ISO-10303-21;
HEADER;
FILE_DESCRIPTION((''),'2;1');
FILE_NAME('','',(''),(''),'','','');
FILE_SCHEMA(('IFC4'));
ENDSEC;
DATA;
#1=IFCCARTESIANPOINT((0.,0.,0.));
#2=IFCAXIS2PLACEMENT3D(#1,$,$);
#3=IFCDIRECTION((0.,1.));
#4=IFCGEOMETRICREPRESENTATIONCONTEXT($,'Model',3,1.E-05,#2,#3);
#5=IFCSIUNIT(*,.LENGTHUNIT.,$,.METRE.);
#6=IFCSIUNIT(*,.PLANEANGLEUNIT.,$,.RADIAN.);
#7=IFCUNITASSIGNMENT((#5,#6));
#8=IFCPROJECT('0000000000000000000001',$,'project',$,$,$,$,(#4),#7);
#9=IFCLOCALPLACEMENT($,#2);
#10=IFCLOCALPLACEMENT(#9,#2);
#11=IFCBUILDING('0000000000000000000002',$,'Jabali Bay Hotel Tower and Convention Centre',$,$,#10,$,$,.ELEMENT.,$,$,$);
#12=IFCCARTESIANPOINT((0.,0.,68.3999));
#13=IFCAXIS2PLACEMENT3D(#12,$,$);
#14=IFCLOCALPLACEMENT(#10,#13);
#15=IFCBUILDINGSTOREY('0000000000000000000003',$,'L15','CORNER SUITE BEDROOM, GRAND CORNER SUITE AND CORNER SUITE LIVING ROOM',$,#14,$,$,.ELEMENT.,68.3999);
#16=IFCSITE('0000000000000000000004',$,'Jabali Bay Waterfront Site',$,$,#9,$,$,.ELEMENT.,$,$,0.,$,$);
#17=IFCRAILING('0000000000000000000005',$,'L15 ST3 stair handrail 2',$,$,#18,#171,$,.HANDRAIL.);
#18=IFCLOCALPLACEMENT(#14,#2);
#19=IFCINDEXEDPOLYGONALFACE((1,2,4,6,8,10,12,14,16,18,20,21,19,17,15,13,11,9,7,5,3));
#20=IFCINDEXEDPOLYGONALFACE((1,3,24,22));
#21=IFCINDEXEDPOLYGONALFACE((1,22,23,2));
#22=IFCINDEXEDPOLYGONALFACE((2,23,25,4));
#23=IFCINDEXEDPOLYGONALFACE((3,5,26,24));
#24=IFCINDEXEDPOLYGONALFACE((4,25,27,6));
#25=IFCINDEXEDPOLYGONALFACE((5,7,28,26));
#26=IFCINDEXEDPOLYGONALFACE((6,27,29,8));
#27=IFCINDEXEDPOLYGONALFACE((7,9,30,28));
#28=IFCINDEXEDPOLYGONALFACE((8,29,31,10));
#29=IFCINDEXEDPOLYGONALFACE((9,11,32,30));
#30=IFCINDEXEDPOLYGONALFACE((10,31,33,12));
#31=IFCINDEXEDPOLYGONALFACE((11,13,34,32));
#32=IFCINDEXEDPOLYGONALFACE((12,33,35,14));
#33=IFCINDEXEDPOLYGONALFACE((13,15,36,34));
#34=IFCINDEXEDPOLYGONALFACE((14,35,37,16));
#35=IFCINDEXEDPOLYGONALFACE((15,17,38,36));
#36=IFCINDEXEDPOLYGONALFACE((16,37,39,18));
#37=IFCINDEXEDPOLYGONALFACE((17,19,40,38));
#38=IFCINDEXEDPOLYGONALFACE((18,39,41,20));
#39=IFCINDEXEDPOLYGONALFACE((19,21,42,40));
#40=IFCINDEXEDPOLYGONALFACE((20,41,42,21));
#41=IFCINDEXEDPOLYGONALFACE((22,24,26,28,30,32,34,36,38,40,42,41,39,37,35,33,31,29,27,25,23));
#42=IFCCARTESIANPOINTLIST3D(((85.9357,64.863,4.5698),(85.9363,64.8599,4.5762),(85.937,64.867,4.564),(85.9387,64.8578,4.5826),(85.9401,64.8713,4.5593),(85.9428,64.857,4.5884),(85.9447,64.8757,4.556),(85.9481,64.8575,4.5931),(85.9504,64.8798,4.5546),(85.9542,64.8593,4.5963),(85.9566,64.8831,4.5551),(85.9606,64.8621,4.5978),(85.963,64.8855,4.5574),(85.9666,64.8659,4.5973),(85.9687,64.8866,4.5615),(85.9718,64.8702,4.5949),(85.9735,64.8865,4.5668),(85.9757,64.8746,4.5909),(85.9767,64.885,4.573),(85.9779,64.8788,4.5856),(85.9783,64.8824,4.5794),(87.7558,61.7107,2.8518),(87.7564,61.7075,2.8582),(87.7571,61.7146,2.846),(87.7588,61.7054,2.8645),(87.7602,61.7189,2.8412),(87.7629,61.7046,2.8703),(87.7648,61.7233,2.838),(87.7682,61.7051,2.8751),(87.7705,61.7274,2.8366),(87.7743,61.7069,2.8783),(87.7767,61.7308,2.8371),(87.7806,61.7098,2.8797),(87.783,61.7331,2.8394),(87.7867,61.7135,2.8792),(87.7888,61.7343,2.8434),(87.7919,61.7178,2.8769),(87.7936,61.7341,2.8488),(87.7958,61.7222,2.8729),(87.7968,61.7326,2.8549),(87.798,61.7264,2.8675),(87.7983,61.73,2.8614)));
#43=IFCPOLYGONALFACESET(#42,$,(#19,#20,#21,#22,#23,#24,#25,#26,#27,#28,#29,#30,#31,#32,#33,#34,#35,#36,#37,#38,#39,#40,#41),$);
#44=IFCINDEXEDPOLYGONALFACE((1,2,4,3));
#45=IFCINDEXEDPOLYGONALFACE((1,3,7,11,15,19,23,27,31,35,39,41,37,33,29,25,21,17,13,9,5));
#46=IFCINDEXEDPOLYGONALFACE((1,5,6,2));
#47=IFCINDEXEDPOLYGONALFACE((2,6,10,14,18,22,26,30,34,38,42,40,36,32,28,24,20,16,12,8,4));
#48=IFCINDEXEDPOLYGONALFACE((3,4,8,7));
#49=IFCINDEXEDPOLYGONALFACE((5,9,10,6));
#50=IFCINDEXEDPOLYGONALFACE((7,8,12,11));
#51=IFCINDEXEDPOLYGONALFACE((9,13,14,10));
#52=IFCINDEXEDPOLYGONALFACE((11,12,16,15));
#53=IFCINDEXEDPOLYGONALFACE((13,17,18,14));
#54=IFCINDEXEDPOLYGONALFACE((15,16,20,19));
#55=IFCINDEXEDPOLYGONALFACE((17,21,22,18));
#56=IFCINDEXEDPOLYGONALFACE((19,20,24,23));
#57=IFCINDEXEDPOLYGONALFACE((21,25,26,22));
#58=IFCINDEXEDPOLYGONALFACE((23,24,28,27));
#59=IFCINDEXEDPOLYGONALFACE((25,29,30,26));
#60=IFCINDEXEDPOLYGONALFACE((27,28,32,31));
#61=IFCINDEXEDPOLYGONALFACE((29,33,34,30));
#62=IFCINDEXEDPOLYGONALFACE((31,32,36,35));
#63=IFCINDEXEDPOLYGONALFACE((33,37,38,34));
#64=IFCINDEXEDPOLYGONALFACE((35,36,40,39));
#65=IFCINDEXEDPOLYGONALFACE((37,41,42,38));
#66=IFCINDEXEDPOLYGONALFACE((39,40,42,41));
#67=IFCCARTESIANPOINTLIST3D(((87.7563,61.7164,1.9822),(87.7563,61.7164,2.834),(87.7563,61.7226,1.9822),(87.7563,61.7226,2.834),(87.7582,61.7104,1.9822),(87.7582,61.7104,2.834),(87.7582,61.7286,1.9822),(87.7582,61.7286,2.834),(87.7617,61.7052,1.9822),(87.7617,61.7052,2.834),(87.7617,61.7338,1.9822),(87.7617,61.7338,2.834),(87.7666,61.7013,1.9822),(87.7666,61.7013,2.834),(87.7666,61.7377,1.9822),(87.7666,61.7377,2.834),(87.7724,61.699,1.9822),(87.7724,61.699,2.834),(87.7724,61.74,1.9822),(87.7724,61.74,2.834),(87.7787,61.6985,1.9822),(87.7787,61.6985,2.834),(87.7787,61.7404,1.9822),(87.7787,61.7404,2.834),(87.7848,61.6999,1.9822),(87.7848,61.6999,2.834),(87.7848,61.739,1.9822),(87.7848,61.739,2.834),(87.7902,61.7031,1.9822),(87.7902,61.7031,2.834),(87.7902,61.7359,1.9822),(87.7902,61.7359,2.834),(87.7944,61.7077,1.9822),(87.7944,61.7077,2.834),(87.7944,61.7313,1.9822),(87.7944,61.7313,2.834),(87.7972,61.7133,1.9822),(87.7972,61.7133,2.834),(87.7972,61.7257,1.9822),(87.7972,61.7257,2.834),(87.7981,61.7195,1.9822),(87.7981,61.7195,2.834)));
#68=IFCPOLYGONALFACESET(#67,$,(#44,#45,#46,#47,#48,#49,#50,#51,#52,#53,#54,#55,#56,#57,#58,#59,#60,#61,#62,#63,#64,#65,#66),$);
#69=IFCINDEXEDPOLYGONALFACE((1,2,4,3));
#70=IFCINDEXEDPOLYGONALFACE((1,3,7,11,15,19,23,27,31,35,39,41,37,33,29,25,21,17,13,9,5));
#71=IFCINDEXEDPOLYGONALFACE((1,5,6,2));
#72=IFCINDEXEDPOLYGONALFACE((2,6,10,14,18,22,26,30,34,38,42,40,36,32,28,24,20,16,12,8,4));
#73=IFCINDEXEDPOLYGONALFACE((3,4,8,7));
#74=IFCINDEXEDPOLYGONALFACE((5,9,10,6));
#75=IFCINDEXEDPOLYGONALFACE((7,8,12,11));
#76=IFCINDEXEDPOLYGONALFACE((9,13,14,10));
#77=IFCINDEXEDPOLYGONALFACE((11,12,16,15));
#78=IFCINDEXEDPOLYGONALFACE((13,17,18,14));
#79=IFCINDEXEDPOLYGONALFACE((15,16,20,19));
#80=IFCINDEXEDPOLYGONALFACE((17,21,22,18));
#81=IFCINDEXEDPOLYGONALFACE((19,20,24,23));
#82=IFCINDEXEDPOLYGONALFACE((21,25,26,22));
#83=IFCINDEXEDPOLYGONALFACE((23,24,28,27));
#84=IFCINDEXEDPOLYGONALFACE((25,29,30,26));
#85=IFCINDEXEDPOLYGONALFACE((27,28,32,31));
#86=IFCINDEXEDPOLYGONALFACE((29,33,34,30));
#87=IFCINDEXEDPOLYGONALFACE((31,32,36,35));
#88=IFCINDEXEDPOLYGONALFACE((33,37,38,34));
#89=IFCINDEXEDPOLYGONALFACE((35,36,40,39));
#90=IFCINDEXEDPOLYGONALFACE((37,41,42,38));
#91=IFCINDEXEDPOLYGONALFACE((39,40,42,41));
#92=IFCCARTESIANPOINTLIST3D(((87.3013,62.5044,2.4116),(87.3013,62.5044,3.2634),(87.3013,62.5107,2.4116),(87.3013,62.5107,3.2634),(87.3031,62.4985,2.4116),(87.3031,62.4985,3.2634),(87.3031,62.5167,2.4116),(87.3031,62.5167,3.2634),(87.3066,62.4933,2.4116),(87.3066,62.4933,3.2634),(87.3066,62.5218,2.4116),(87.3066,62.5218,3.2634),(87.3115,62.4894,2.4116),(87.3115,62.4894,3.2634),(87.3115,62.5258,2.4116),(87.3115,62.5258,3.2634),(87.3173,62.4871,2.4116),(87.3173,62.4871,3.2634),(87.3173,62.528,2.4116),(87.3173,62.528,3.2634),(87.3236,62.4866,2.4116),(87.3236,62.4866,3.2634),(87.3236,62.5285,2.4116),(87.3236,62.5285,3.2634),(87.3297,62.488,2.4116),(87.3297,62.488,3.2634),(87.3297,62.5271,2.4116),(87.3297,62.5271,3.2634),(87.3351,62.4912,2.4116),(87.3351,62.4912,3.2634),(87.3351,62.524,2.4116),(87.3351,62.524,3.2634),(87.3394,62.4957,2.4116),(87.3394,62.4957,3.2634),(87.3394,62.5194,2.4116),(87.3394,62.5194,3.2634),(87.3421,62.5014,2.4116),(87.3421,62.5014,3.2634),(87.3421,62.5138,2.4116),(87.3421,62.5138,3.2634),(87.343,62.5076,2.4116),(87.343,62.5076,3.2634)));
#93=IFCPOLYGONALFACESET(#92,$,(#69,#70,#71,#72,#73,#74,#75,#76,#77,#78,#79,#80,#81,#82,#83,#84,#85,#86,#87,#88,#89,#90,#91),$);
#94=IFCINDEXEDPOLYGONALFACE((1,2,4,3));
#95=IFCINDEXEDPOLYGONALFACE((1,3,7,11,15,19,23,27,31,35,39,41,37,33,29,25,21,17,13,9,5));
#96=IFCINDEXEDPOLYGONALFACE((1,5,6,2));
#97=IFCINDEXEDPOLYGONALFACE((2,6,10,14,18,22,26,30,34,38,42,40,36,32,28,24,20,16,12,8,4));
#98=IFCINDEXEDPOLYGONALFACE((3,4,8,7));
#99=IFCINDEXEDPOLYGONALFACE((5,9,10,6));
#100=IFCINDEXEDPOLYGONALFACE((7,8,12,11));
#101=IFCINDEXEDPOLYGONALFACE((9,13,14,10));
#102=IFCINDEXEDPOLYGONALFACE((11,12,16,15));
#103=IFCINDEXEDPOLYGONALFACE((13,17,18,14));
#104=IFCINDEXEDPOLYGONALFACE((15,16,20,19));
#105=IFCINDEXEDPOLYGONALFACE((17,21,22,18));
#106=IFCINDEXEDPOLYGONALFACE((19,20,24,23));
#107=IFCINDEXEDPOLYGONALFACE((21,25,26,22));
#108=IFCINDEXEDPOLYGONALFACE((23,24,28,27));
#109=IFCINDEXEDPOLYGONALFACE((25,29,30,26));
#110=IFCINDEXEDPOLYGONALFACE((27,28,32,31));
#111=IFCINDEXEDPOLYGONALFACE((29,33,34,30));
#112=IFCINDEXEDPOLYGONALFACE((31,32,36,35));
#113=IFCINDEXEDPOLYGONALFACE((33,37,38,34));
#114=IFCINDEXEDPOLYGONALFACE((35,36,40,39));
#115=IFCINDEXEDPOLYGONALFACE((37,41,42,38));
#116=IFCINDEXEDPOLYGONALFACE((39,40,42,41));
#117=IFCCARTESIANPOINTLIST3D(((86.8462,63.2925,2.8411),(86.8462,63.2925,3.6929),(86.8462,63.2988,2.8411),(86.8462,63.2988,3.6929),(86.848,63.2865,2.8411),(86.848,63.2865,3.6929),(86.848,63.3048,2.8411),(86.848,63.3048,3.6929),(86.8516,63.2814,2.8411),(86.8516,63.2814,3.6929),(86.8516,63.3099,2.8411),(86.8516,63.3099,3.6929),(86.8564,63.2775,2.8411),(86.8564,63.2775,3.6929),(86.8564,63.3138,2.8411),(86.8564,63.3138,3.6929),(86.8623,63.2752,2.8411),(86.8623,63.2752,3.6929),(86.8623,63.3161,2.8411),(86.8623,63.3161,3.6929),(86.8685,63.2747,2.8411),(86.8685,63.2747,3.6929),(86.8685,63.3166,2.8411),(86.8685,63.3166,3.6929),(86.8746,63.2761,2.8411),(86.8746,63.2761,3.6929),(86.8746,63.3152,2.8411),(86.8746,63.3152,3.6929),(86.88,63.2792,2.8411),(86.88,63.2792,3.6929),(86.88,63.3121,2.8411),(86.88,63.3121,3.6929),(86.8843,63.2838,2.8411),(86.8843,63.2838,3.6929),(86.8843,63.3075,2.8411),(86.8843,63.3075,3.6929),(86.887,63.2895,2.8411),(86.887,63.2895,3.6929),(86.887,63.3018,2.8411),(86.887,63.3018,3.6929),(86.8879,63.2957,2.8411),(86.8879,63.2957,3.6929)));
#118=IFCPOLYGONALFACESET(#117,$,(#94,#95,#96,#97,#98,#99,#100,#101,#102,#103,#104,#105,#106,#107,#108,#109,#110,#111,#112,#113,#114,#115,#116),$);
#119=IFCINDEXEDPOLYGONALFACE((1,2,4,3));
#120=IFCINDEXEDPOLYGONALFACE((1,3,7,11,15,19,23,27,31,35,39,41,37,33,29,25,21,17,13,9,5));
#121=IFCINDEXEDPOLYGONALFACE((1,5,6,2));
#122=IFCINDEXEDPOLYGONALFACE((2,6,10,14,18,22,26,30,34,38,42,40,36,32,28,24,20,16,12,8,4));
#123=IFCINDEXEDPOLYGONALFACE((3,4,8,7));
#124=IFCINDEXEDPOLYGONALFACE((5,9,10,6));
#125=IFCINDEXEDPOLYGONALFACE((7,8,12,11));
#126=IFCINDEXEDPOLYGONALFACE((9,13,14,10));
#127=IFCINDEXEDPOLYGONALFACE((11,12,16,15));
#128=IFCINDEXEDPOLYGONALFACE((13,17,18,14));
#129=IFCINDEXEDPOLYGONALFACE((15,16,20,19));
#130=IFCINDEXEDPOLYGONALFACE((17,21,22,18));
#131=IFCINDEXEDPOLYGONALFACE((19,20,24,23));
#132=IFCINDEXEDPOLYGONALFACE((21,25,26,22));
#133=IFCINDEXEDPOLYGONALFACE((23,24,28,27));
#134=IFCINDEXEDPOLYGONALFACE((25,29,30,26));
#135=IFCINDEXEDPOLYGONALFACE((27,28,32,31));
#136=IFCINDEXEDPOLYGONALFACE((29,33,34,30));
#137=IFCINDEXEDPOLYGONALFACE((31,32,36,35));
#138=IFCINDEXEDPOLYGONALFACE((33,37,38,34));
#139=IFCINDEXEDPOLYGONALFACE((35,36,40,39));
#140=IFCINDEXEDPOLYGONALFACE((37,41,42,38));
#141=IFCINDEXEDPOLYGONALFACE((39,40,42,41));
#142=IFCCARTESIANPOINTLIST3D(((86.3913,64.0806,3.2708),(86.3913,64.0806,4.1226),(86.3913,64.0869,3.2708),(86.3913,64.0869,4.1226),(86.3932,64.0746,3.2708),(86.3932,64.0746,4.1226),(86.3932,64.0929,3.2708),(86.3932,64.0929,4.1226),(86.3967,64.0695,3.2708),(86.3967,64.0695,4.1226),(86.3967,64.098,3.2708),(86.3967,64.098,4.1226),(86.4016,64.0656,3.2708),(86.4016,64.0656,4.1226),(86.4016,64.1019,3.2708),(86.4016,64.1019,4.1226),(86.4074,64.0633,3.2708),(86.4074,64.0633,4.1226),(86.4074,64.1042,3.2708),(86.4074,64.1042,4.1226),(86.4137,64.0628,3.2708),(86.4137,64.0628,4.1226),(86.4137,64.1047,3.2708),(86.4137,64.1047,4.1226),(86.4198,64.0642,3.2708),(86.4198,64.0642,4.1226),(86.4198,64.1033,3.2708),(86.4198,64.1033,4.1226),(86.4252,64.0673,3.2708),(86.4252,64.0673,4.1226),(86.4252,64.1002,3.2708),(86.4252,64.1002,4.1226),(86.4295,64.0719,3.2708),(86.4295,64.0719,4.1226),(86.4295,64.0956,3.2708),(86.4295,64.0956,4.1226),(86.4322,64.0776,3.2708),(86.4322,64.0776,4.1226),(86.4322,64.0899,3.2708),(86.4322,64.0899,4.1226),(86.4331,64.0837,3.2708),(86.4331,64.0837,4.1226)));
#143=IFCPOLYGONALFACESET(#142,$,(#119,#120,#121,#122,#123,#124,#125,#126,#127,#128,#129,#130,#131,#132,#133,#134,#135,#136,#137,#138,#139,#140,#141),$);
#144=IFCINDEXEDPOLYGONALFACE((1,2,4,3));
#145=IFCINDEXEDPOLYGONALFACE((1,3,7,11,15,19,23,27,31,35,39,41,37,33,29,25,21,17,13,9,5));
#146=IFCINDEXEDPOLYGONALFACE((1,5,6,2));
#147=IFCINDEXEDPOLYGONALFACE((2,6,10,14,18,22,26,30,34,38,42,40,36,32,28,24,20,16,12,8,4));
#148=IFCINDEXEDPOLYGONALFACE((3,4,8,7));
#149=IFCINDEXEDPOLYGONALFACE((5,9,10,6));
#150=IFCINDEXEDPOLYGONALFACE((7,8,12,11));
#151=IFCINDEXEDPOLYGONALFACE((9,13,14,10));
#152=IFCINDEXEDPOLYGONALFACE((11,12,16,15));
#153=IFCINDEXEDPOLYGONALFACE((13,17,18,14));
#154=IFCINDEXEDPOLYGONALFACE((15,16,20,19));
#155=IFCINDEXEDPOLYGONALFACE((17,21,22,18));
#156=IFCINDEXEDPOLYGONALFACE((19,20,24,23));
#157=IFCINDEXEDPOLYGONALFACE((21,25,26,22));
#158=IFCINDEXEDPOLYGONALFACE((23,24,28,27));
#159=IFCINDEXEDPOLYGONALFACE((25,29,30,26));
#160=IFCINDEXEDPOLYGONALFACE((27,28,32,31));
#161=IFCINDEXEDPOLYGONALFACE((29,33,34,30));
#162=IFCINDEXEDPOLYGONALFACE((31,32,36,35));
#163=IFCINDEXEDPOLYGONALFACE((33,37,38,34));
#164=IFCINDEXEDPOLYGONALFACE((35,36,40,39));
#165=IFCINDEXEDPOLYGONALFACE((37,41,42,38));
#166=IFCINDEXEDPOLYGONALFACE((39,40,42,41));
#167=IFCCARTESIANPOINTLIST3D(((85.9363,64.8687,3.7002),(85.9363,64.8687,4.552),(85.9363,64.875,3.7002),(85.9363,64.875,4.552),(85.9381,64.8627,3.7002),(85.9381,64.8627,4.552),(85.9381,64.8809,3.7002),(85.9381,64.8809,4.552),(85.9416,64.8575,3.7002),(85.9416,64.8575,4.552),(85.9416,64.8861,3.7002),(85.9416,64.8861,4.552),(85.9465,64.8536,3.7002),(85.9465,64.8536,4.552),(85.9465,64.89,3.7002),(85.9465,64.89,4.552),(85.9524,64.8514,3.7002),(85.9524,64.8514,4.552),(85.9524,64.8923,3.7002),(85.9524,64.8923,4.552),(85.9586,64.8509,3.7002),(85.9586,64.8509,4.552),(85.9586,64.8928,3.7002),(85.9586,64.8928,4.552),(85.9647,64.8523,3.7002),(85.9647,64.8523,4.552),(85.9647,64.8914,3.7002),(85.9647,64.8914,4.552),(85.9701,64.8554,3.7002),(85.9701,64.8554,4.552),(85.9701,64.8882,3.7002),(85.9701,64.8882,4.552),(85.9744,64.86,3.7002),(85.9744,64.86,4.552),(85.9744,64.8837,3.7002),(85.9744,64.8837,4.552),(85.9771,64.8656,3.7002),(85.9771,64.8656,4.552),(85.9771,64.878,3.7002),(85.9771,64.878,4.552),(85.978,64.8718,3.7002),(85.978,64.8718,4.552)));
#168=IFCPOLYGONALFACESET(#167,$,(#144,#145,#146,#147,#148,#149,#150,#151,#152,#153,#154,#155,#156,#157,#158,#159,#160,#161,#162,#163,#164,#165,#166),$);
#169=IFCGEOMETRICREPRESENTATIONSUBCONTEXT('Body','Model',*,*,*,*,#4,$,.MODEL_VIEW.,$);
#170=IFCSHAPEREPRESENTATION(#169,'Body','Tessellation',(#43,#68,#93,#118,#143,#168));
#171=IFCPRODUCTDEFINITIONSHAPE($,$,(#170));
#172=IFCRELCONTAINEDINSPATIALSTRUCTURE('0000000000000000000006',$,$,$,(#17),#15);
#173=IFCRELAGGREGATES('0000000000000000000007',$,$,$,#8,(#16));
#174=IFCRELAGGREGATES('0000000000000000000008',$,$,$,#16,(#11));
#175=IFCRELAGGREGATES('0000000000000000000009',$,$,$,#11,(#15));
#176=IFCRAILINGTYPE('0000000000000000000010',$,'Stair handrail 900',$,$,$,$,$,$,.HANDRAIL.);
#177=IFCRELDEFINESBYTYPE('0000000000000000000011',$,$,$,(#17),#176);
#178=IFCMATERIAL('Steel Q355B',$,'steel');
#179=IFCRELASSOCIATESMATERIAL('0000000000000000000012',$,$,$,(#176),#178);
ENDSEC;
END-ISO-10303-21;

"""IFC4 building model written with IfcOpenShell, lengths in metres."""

from ifc_helpers import new_model, si_unit, direction, frame, origin, origin_2d, place, context, subcontext, project, spatial, circle, extrude, material, type_object, element, save


model = new_model("IFC4")

# Units and contexts
model_context = context("Model", 3, precision=1e-05, world=origin(), true_north=direction((0.0, 1.0)))
body_context = subcontext(model_context, "Body", "Model", "MODEL_VIEW")
ifc_project = project(units=[si_unit("LENGTHUNIT", "METRE"), si_unit("PLANEANGLEUNIT", "RADIAN")], contexts=[model_context])

# Site, building, storey
site_placement = place(None, origin())
site = spatial("IfcSite", under=ifc_project, at=site_placement, Name="Jabali Bay Waterfront Site", CompositionType="ELEMENT", RefElevation=0.0)
building_placement = place(site_placement, origin())
building = spatial("IfcBuilding", under=site, at=building_placement, Name="Jabali Bay Hotel Tower and Convention Centre", CompositionType="ELEMENT")
storey_placement = place(building_placement, frame((0.0, 0.0, 68.3999)))
storey = spatial("IfcBuildingStorey", under=building, at=storey_placement, Name="L15", Description="CORNER SUITE BEDROOM, GRAND CORNER SUITE AND CORNER SUITE LIVING ROOM", CompositionType="ELEMENT", Elevation=68.3999)

# Railing
ifc_material_1 = material(Name="Steel Q355B", Category="steel")
railing_type_1 = type_object("IfcRailingType", Name="Stair handrail 900", PredefinedType="HANDRAIL", material=ifc_material_1)
railing_1_placement = place(storey_placement, frame((87.7771, 61.7195, 1.9822)))
element("IfcRailing", 1, at=railing_1_placement, inside=storey, type_object=railing_type_1, Name="L15 ST3 stair handrail 2", PredefinedType="HANDRAIL", context=body_context, shape_type="SweptSolid", body=[
    extrude(circle(Radius=0.0239, at=origin_2d()), frame((0.0, 0.0, 0.876), z_axis=(-0.452179, 0.78317, 0.426825), x_axis=(-0.866018, -0.500013, 0.0)), (0.0, 0.0, 1.0), 4.0251),
    extrude(circle(Radius=0.021, at=origin_2d()), origin(), (0.0, 0.0, 1.0), 0.8518),
    extrude(circle(Radius=0.021, at=origin_2d()), frame((-0.4551, 0.7881, 0.4294)), (0.0, 0.0, 1.0), 0.8518),
    extrude(circle(Radius=0.021, at=origin_2d()), frame((-0.9102, 1.5762, 0.8589)), (0.0, 0.0, 1.0), 0.8518),
    extrude(circle(Radius=0.021, at=origin_2d()), frame((-1.365, 2.3643, 1.2886)), (0.0, 0.0, 1.0), 0.8518),
    extrude(circle(Radius=0.021, at=origin_2d()), frame((-1.8201, 3.1523, 1.718)), (0.0, 0.0, 1.0), 0.8518),
])

save(model, "model.ifc")
